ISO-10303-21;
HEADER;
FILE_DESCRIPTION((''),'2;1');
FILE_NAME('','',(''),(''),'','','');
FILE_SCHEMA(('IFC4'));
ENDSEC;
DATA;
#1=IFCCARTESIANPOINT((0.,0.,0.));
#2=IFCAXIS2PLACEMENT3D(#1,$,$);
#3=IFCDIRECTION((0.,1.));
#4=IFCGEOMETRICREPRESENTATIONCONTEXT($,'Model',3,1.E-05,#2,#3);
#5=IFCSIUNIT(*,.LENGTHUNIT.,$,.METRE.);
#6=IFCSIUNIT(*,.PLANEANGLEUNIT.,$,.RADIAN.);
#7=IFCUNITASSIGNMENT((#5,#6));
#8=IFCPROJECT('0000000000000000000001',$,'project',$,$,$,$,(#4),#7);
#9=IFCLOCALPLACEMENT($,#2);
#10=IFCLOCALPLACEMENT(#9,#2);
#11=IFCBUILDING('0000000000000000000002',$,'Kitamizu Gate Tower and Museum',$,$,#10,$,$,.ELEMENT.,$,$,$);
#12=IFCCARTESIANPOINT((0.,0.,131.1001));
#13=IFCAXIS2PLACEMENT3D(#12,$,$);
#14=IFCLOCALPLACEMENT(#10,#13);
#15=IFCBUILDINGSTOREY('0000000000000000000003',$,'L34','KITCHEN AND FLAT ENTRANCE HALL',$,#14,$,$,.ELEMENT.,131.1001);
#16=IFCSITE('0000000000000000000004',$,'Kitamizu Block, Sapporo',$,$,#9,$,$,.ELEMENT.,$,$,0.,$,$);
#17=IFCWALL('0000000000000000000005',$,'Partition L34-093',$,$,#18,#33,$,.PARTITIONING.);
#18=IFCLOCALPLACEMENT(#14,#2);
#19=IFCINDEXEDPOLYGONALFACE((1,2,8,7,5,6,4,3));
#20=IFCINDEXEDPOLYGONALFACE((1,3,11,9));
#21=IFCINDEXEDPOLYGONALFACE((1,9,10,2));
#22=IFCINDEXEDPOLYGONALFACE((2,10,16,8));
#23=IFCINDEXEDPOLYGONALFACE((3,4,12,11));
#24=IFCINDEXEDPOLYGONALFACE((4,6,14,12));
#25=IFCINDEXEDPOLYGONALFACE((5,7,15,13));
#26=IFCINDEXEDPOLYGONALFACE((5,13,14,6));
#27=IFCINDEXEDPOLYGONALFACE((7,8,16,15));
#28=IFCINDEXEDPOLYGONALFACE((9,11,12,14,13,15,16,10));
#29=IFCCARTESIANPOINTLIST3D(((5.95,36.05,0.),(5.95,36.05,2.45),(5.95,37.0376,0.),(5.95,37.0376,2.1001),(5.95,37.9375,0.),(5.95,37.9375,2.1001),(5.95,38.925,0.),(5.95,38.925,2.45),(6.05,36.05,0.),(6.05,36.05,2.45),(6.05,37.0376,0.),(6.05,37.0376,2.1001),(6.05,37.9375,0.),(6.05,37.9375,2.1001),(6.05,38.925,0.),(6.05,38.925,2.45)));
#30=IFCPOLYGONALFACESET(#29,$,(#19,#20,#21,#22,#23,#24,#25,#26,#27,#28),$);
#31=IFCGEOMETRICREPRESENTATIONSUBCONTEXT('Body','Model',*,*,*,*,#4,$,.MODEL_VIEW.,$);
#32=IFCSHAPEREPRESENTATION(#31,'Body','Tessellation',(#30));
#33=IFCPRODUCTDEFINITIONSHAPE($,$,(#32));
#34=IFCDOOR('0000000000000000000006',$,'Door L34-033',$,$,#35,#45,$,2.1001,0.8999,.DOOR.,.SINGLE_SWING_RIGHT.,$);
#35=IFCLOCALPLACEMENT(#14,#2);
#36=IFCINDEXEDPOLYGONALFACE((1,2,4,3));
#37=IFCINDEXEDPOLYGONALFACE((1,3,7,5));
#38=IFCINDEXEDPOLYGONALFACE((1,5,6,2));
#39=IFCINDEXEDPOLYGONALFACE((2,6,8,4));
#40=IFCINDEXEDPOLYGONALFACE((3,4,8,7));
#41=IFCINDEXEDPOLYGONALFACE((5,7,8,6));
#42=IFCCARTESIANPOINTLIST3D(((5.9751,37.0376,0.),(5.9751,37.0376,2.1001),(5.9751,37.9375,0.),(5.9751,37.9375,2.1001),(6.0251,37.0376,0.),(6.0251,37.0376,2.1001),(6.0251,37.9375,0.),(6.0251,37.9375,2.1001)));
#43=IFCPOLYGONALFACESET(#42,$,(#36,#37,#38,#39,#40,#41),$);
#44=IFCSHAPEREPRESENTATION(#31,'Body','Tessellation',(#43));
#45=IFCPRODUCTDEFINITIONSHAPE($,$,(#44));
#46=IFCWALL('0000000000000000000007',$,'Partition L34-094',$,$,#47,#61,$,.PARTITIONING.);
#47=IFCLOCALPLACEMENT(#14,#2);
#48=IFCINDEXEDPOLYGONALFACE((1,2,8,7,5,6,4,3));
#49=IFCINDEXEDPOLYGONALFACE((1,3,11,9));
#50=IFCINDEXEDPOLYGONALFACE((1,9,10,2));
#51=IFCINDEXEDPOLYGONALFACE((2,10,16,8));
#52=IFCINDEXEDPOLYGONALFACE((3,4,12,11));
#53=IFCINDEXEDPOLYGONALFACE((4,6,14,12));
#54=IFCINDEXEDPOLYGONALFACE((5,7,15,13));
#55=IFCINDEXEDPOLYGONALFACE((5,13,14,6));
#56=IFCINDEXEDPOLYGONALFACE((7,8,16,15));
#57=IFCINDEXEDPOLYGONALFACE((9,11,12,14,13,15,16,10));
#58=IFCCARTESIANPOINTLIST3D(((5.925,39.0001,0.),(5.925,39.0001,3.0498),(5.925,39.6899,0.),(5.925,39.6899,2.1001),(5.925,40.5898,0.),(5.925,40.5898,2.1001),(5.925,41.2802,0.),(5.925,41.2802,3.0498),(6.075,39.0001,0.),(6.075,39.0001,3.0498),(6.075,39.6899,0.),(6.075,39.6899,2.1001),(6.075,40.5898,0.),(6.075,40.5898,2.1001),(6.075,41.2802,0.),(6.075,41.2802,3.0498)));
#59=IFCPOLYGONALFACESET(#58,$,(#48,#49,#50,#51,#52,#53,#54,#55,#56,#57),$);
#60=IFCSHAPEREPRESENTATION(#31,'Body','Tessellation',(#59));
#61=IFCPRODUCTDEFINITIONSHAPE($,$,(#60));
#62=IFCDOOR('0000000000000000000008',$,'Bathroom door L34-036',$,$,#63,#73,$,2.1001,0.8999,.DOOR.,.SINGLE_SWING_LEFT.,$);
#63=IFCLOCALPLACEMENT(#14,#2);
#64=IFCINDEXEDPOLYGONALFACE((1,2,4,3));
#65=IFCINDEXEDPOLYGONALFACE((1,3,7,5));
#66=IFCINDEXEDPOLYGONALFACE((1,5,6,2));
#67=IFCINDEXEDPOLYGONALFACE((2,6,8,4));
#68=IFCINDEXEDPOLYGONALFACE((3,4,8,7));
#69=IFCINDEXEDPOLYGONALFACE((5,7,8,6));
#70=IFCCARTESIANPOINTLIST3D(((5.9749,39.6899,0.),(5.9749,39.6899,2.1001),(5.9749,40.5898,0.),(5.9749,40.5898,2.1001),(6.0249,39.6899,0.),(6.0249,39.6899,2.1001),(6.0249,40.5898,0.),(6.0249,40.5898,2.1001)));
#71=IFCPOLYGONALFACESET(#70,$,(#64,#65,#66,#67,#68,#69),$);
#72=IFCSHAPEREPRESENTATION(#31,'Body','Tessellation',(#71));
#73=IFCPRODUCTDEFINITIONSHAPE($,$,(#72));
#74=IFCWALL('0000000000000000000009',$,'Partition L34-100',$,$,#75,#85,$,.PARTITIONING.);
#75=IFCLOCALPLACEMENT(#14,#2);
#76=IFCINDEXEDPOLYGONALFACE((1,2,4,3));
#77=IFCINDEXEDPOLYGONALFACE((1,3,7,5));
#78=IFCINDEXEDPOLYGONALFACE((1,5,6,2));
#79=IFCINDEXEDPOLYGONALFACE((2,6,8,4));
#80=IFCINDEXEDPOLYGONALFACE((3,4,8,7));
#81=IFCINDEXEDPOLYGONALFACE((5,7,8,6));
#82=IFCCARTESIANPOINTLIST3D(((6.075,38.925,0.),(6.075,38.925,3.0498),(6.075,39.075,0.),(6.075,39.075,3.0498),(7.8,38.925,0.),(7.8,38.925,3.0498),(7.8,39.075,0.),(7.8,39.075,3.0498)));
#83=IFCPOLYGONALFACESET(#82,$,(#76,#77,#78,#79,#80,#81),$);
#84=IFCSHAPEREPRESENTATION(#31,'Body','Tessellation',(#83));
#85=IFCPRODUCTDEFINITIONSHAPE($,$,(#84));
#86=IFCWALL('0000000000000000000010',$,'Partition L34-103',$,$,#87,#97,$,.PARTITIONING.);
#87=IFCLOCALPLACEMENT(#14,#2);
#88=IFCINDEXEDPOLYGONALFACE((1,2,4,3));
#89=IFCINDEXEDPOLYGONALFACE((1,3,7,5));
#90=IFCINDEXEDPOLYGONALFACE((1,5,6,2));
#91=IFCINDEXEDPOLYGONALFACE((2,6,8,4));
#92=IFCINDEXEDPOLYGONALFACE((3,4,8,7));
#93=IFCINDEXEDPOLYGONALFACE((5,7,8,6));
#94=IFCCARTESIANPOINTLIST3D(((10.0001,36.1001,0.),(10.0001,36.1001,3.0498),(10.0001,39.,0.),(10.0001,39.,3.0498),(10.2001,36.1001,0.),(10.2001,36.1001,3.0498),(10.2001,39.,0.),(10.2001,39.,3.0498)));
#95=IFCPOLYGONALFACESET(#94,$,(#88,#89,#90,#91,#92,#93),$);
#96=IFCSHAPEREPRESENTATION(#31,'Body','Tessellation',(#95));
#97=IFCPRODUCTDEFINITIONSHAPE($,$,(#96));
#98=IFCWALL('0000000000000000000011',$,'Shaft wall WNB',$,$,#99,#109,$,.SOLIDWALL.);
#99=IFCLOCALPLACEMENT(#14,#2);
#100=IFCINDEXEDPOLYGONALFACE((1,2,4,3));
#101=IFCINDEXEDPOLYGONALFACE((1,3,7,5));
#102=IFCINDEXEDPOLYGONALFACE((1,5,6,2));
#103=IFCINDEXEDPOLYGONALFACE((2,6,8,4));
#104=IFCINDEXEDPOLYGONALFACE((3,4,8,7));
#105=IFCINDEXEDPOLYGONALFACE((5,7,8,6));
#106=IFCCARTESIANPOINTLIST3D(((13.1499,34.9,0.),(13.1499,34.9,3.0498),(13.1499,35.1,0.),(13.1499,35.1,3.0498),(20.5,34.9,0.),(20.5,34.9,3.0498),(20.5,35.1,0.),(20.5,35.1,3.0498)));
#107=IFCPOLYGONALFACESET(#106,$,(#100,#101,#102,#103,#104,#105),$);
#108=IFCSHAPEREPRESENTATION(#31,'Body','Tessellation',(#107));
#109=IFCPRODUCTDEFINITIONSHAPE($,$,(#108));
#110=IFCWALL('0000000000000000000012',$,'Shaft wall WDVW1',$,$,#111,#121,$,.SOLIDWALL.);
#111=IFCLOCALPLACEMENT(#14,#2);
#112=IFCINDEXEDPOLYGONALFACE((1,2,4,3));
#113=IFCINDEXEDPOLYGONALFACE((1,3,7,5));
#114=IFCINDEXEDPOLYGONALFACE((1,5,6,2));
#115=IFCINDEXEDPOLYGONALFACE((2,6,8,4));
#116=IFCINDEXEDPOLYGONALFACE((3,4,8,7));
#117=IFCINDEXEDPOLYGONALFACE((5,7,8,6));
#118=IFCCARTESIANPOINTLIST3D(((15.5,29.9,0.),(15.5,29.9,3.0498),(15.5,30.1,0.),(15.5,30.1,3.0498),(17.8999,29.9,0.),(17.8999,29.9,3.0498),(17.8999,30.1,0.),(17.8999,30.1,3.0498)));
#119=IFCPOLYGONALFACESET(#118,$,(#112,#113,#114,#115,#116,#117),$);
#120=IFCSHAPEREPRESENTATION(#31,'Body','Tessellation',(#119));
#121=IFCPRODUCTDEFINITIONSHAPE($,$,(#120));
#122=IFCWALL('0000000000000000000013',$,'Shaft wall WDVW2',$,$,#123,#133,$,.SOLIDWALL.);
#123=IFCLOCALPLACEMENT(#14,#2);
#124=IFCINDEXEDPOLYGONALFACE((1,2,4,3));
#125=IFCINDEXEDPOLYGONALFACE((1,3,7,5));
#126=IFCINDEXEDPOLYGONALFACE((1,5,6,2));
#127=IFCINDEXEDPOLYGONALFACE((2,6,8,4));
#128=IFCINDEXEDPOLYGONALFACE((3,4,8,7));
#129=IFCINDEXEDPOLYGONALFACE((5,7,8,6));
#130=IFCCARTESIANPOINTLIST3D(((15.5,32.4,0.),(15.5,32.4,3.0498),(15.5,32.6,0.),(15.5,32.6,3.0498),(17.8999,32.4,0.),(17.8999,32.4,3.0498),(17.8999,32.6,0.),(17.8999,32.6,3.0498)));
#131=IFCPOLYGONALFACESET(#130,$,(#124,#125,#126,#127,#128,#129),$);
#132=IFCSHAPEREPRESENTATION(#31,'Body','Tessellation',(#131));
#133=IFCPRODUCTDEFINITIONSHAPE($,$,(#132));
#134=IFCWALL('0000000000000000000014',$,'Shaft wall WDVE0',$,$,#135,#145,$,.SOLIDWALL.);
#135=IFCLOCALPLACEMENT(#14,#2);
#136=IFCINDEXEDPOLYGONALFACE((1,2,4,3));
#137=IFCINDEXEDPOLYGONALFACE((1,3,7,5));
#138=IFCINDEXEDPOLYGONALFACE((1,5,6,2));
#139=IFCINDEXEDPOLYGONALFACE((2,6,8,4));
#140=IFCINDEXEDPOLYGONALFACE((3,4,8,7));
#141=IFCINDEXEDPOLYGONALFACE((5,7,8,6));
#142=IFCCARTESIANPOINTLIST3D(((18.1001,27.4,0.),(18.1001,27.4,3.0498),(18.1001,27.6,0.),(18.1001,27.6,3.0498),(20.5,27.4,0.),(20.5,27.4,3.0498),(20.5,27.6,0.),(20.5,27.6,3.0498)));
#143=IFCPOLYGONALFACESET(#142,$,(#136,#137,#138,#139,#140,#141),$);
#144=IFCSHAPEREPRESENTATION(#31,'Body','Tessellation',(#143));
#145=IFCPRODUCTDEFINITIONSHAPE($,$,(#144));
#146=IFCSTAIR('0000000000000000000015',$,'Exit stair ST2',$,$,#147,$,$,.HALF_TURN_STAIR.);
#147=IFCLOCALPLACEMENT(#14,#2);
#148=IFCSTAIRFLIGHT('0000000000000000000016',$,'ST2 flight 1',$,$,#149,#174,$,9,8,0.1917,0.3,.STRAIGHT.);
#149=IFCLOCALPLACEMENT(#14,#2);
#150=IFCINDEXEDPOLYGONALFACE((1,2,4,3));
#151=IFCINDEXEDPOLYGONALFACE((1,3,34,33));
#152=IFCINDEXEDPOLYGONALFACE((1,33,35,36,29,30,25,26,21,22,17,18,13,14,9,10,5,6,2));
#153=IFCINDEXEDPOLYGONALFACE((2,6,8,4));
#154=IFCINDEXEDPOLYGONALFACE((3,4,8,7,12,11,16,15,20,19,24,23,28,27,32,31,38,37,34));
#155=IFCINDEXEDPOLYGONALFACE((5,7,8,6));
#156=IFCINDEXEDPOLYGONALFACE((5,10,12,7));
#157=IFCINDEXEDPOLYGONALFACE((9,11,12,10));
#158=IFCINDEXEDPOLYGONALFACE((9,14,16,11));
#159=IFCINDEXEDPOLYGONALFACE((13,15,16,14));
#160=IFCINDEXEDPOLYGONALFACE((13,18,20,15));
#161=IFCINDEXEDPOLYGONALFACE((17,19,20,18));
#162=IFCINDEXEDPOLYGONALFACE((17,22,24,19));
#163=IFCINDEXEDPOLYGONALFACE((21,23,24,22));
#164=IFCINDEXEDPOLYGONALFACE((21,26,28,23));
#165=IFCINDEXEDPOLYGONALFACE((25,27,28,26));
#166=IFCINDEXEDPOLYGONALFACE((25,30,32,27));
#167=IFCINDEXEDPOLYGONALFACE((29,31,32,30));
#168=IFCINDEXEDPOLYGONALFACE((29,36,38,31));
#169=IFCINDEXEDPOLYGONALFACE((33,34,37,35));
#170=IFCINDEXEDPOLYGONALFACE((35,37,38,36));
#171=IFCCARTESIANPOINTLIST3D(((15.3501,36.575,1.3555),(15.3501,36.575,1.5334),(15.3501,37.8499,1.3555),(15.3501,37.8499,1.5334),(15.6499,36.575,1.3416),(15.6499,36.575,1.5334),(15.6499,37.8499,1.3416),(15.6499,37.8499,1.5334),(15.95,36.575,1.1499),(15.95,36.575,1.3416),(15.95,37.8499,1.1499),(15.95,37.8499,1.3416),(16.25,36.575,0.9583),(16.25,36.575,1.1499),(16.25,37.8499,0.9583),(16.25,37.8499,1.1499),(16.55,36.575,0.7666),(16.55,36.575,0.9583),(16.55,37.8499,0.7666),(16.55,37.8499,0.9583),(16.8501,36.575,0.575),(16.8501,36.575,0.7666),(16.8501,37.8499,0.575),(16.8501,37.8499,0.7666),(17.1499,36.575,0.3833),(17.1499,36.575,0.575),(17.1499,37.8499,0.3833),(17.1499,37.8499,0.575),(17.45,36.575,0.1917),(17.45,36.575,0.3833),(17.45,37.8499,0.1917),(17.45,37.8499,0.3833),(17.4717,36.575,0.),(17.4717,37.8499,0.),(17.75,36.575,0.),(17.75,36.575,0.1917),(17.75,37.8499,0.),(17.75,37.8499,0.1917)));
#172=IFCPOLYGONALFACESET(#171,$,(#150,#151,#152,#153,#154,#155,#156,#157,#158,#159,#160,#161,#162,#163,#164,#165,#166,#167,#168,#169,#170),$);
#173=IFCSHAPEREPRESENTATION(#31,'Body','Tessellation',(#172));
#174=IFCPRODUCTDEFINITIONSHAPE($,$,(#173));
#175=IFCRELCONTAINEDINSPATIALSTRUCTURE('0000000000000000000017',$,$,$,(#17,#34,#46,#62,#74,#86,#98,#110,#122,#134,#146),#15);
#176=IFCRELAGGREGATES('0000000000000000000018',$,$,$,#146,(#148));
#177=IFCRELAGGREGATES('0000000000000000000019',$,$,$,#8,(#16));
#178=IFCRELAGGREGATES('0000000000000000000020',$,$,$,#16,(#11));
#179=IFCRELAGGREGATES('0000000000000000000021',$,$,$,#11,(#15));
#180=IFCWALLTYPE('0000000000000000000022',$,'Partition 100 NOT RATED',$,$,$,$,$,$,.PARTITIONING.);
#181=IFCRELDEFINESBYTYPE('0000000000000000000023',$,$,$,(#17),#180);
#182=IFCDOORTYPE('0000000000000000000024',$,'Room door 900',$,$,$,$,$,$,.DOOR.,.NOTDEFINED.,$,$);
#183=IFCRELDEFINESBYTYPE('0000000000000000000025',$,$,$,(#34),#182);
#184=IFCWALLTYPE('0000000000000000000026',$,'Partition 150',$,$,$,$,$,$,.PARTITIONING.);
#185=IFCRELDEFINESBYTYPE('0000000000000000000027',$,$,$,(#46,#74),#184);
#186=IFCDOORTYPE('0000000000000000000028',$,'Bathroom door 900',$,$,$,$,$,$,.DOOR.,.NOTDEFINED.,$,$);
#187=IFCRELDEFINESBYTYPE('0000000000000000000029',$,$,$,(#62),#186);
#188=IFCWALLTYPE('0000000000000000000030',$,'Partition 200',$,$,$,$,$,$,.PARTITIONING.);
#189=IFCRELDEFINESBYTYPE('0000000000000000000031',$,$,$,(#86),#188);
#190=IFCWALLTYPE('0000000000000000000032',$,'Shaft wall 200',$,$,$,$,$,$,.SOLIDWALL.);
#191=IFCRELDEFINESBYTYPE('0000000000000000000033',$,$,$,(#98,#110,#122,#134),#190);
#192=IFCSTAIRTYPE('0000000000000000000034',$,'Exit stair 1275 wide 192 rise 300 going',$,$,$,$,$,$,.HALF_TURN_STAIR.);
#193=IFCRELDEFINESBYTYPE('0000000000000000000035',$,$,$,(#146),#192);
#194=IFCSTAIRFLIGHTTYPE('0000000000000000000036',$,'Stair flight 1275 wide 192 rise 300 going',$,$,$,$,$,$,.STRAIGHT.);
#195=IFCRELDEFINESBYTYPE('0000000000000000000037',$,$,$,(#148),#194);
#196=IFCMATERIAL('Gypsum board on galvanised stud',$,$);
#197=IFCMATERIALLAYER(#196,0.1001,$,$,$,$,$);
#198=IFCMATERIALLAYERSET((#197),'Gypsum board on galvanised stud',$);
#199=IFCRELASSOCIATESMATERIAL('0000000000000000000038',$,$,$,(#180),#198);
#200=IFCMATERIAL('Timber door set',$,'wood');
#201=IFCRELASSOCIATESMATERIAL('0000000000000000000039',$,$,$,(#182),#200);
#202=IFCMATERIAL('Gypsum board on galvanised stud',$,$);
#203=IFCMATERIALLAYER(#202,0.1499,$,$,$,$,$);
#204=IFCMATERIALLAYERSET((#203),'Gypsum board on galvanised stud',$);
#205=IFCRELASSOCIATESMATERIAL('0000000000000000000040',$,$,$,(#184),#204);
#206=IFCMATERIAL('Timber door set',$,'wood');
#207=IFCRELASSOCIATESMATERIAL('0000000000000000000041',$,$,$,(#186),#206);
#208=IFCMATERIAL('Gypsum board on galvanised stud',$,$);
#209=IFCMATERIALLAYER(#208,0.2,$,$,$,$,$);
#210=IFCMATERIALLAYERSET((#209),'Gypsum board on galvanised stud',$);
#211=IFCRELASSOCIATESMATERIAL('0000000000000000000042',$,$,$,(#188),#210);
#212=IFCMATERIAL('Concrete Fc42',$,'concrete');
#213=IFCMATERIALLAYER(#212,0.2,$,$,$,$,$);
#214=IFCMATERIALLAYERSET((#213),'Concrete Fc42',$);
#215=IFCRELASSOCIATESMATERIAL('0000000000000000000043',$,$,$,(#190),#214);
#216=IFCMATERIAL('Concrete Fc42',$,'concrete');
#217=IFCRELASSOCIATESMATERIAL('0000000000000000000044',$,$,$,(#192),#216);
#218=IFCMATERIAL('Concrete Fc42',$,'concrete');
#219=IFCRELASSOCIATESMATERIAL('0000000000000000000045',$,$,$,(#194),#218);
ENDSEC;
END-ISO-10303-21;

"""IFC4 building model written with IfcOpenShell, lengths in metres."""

from ifc_helpers import new_model, si_unit, direction, frame, frame_2d, origin, place, context, subcontext, project, spatial, polyline, rectangle, outline, extrude, material, layer, layer_set, type_object, element, fill, aggregate, save


model = new_model("IFC4")

# Units and contexts
model_context = context("Model", 3, precision=1e-05, world=origin(), true_north=direction((0.0, 1.0)))
body_context = subcontext(model_context, "Body", "Model", "MODEL_VIEW")
ifc_project = project(units=[si_unit("LENGTHUNIT", "METRE"), si_unit("PLANEANGLEUNIT", "RADIAN")], contexts=[model_context])

# Site, building, storey
site_placement = place(None, origin())
site = spatial("IfcSite", under=ifc_project, at=site_placement, Name="Kitamizu Block, Sapporo", CompositionType="ELEMENT", RefElevation=0.0)
building_placement = place(site_placement, origin())
building = spatial("IfcBuilding", under=site, at=building_placement, Name="Kitamizu Gate Tower and Museum", CompositionType="ELEMENT")
storey_placement = place(building_placement, frame((0.0, 0.0, 131.1001)))
storey = spatial("IfcBuildingStorey", under=building, at=storey_placement, Name="L34", Description="KITCHEN AND FLAT ENTRANCE HALL", CompositionType="ELEMENT", Elevation=131.1001)

# Shared definitions
ifc_material_1 = material(Name="Gypsum board on galvanised stud")
ifc_layer_1 = layer(ifc_material_1, 0.1001)
ifc_layer_set_1 = layer_set([ifc_layer_1], Name="Gypsum board on galvanised stud")
wall_type_1 = type_object("IfcWallType", Name="Partition 100 NOT RATED", PredefinedType="PARTITIONING", material=ifc_layer_set_1)
ifc_material_2 = material(Name="Timber door set", Category="wood")
door_type_1 = type_object("IfcDoorType", Name="Room door 900", OperationType="NOTDEFINED", PredefinedType="DOOR", material=ifc_material_2)

# Walls, openings, doors
wall_1_placement = place(storey_placement, frame((6.0, 36.05, 0.0), z_axis=(0.0, 0.0, 1.0), x_axis=(0.0, 1.0, 0.0)))
wall_1 = element("IfcWall", 1, at=wall_1_placement, inside=storey, type_object=wall_type_1, Name="Partition L34-093", PredefinedType="PARTITIONING", context=body_context, shape_type="SweptSolid", body=[
    extrude(rectangle(XDim=2.875, YDim=0.1001, at=frame_2d((1.4375, 0.0))), origin(), (0.0, 0.0, 1.0), 2.45),
])
opening_1_placement = place(wall_1_placement, frame((0.9875, 0.0, 0.0)))
opening_1 = element("IfcOpeningElement", 2, at=opening_1_placement, cuts=wall_1, PredefinedType="OPENING", context=body_context, shape_type="SweptSolid", body=[
    extrude(rectangle(XDim=0.8999, YDim=2.1001, at=frame_2d((0.45, 1.05))), frame((0.0, 0.0601, 0.0), z_axis=(0.0, -1.0, 0.0), x_axis=(1.0, 0.0, 0.0)), (0.0, 0.0, 1.0), 0.1201),
])
door_1_placement = place(opening_1_placement, origin())
door_1 = element("IfcDoor", 3, at=door_1_placement, inside=storey, type_object=door_type_1, Name="Door L34-033", OperationType="SINGLE_SWING_RIGHT", OverallHeight=2.1001, OverallWidth=0.8999, PredefinedType="DOOR", context=body_context, shape_type="SweptSolid", body=[
    extrude(rectangle(XDim=0.8999, YDim=2.1001, at=frame_2d((0.45, 1.05))), frame((0.0, 0.0249, 0.0), z_axis=(0.0, -1.0, 0.0), x_axis=(1.0, 0.0, 0.0)), (0.0, 0.0, 1.0), 0.05),
])
fill(opening_1, door_1)
ifc_material_3 = material(Name="Gypsum board on galvanised stud")
ifc_layer_2 = layer(ifc_material_3, 0.1499)
ifc_layer_set_2 = layer_set([ifc_layer_2], Name="Gypsum board on galvanised stud")
wall_type_2 = type_object("IfcWallType", Name="Partition 150", PredefinedType="PARTITIONING", material=ifc_layer_set_2)
wall_2_placement = place(storey_placement, frame((6.0, 39.0, 0.0), z_axis=(0.0, 0.0, 1.0), x_axis=(0.0, 1.0, 0.0)))
wall_2 = element("IfcWall", 4, at=wall_2_placement, inside=storey, type_object=wall_type_2, Name="Partition L34-094", PredefinedType="PARTITIONING", context=body_context, shape_type="SweptSolid", body=[
    extrude(rectangle(XDim=2.28, YDim=0.1499, at=frame_2d((1.1401, 0.0))), origin(), (0.0, 0.0, 1.0), 3.0498),
])
opening_2_placement = place(wall_2_placement, frame((0.6899, 0.0, 0.0)))
opening_2 = element("IfcOpeningElement", 5, at=opening_2_placement, cuts=wall_2, PredefinedType="OPENING", context=body_context, shape_type="SweptSolid", body=[
    extrude(rectangle(XDim=0.8999, YDim=2.1001, at=frame_2d((0.45, 1.05))), frame((0.0, 0.085, 0.0), z_axis=(0.0, -1.0, 0.0), x_axis=(1.0, 0.0, 0.0)), (0.0, 0.0, 1.0), 0.1699),
])
ifc_material_4 = material(Name="Timber door set", Category="wood")
door_type_2 = type_object("IfcDoorType", Name="Bathroom door 900", OperationType="NOTDEFINED", PredefinedType="DOOR", material=ifc_material_4)
door_2_placement = place(opening_2_placement, frame((0.8999, 0.0, 0.0), x_axis=(-1.0, 0.0, 0.0)))
door_2 = element("IfcDoor", 6, at=door_2_placement, inside=storey, type_object=door_type_2, Name="Bathroom door L34-036", OperationType="SINGLE_SWING_LEFT", OverallHeight=2.1001, OverallWidth=0.8999, PredefinedType="DOOR", context=body_context, shape_type="SweptSolid", body=[
    extrude(rectangle(XDim=0.8999, YDim=2.1001, at=frame_2d((0.45, 1.05))), frame((0.0, 0.0249, 0.0), z_axis=(0.0, -1.0, 0.0), x_axis=(1.0, 0.0, 0.0)), (0.0, 0.0, 1.0), 0.05),
])
fill(opening_2, door_2)

# Walls
wall_3_placement = place(storey_placement, frame((7.8, 39.0, 0.0), z_axis=(0.0, 0.0, 1.0), x_axis=(-1.0, 0.0, 0.0)))
element("IfcWall", 7, at=wall_3_placement, inside=storey, type_object=wall_type_2, Name="Partition L34-100", PredefinedType="PARTITIONING", context=body_context, shape_type="SweptSolid", body=[
    extrude(rectangle(XDim=1.7251, YDim=0.1499, at=frame_2d((0.8625, 0.0))), origin(), (0.0, 0.0, 1.0), 3.0498),
])
ifc_material_5 = material(Name="Gypsum board on galvanised stud")
ifc_layer_3 = layer(ifc_material_5, 0.2)
ifc_layer_set_3 = layer_set([ifc_layer_3], Name="Gypsum board on galvanised stud")
wall_type_3 = type_object("IfcWallType", Name="Partition 200", PredefinedType="PARTITIONING", material=ifc_layer_set_3)
wall_4_placement = place(storey_placement, frame((10.1001, 36.1001, 0.0), z_axis=(0.0, 0.0, 1.0), x_axis=(0.0, 1.0, 0.0)))
element("IfcWall", 8, at=wall_4_placement, inside=storey, type_object=wall_type_3, Name="Partition L34-103", PredefinedType="PARTITIONING", context=body_context, shape_type="SweptSolid", body=[
    extrude(rectangle(XDim=2.8999, YDim=0.2, at=frame_2d((1.45, 0.0))), origin(), (0.0, 0.0, 1.0), 3.0498),
])
ifc_material_6 = material(Name="Concrete Fc42", Category="concrete")
ifc_layer_4 = layer(ifc_material_6, 0.2)
ifc_layer_set_4 = layer_set([ifc_layer_4], Name="Concrete Fc42")
wall_type_4 = type_object("IfcWallType", Name="Shaft wall 200", PredefinedType="SOLIDWALL", material=ifc_layer_set_4)
wall_5_placement = place(storey_placement, frame((13.1499, 35.0, 0.0), z_axis=(0.0, 0.0, 1.0), x_axis=(1.0, 0.0, 0.0)))
element("IfcWall", 9, at=wall_5_placement, inside=storey, type_object=wall_type_4, Name="Shaft wall WNB", PredefinedType="SOLIDWALL", context=body_context, shape_type="SweptSolid", body=[
    extrude(rectangle(XDim=7.3501, YDim=0.2, at=frame_2d((3.675, 0.0))), origin(), (0.0, 0.0, 1.0), 3.0498),
])
for number, where, z_axis, x_axis, name in (
    (10, (15.5, 30.0, 0.0), (0.0, 0.0, 1.0), (1.0, 0.0, 0.0), "Shaft wall WDVW1"),
    (11, (15.5, 32.5, 0.0), (0.0, 0.0, 1.0), (1.0, 0.0, 0.0), "Shaft wall WDVW2"),
    (12, (18.1001, 27.5, 0.0), (0.0, 0.0, 1.0), (1.0, 0.0, 0.0), "Shaft wall WDVE0"),
):
    element("IfcWall", number, at=place(storey_placement, frame(where, z_axis=z_axis, x_axis=x_axis)), inside=storey, type_object=wall_type_4, Name=name, PredefinedType="SOLIDWALL", context=body_context, shape_type="SweptSolid", body=[
        extrude(rectangle(XDim=2.3999, YDim=0.2, at=frame_2d((1.2, 0.0))), origin(), (0.0, 0.0, 1.0), 3.0498),
    ])

# Stair, stair flight
ifc_material_7 = material(Name="Concrete Fc42", Category="concrete")
stair_type = type_object("IfcStairType", Name="Exit stair 1275 wide 192 rise 300 going", PredefinedType="HALF_TURN_STAIR", material=ifc_material_7)
stair_placement = place(storey_placement, origin())
stair = element("IfcStair", 13, at=stair_placement, inside=storey, type_object=stair_type, Name="Exit stair ST2", PredefinedType="HALF_TURN_STAIR")
ifc_material_8 = material(Name="Concrete Fc42", Category="concrete")
stair_flight_type = type_object("IfcStairFlightType", Name="Stair flight 1275 wide 192 rise 300 going", PredefinedType="STRAIGHT", material=ifc_material_8)
stair_flight_1_placement = place(storey_placement, frame((17.75, 37.2124, 0.0), z_axis=(0.0, 0.0, 1.0), x_axis=(-1.0, 0.0, 0.0)))
stair_flight_1 = element("IfcStairFlight", 14, at=stair_flight_1_placement, type_object=stair_flight_type, Name="ST2 flight 1", NumberOfRisers=9, NumberOfTreads=8, PredefinedType="STRAIGHT", RiserHeight=0.1917, TreadLength=0.3, context=body_context, shape_type="SweptSolid", body=[
    extrude(outline(polyline([(0.0, 0.0), (0.0, 0.1917), (0.3, 0.1917), (0.3, 0.3833), (0.6001, 0.3833), (0.6001, 0.575), (0.8999, 0.575), (0.8999, 0.7666), (1.2, 0.7666), (1.2, 0.9583), (1.5, 0.9583), (1.5, 1.1499), (1.8, 1.1499), (1.8, 1.3416), (2.1001, 1.3416), (2.1001, 1.5334), (2.3999, 1.5334), (2.3999, 1.7251), (2.3999, 1.3555), (0.2783, 0.0), (0.0, 0.0)])), frame((0.0, 0.6375, 0.0), z_axis=(0.0, -1.0, 0.0), x_axis=(1.0, 0.0, 0.0)), (0.0, 0.0, 1.0), 1.2749),
])
aggregate(stair, [stair_flight_1])

save(model, "model.ifc")
